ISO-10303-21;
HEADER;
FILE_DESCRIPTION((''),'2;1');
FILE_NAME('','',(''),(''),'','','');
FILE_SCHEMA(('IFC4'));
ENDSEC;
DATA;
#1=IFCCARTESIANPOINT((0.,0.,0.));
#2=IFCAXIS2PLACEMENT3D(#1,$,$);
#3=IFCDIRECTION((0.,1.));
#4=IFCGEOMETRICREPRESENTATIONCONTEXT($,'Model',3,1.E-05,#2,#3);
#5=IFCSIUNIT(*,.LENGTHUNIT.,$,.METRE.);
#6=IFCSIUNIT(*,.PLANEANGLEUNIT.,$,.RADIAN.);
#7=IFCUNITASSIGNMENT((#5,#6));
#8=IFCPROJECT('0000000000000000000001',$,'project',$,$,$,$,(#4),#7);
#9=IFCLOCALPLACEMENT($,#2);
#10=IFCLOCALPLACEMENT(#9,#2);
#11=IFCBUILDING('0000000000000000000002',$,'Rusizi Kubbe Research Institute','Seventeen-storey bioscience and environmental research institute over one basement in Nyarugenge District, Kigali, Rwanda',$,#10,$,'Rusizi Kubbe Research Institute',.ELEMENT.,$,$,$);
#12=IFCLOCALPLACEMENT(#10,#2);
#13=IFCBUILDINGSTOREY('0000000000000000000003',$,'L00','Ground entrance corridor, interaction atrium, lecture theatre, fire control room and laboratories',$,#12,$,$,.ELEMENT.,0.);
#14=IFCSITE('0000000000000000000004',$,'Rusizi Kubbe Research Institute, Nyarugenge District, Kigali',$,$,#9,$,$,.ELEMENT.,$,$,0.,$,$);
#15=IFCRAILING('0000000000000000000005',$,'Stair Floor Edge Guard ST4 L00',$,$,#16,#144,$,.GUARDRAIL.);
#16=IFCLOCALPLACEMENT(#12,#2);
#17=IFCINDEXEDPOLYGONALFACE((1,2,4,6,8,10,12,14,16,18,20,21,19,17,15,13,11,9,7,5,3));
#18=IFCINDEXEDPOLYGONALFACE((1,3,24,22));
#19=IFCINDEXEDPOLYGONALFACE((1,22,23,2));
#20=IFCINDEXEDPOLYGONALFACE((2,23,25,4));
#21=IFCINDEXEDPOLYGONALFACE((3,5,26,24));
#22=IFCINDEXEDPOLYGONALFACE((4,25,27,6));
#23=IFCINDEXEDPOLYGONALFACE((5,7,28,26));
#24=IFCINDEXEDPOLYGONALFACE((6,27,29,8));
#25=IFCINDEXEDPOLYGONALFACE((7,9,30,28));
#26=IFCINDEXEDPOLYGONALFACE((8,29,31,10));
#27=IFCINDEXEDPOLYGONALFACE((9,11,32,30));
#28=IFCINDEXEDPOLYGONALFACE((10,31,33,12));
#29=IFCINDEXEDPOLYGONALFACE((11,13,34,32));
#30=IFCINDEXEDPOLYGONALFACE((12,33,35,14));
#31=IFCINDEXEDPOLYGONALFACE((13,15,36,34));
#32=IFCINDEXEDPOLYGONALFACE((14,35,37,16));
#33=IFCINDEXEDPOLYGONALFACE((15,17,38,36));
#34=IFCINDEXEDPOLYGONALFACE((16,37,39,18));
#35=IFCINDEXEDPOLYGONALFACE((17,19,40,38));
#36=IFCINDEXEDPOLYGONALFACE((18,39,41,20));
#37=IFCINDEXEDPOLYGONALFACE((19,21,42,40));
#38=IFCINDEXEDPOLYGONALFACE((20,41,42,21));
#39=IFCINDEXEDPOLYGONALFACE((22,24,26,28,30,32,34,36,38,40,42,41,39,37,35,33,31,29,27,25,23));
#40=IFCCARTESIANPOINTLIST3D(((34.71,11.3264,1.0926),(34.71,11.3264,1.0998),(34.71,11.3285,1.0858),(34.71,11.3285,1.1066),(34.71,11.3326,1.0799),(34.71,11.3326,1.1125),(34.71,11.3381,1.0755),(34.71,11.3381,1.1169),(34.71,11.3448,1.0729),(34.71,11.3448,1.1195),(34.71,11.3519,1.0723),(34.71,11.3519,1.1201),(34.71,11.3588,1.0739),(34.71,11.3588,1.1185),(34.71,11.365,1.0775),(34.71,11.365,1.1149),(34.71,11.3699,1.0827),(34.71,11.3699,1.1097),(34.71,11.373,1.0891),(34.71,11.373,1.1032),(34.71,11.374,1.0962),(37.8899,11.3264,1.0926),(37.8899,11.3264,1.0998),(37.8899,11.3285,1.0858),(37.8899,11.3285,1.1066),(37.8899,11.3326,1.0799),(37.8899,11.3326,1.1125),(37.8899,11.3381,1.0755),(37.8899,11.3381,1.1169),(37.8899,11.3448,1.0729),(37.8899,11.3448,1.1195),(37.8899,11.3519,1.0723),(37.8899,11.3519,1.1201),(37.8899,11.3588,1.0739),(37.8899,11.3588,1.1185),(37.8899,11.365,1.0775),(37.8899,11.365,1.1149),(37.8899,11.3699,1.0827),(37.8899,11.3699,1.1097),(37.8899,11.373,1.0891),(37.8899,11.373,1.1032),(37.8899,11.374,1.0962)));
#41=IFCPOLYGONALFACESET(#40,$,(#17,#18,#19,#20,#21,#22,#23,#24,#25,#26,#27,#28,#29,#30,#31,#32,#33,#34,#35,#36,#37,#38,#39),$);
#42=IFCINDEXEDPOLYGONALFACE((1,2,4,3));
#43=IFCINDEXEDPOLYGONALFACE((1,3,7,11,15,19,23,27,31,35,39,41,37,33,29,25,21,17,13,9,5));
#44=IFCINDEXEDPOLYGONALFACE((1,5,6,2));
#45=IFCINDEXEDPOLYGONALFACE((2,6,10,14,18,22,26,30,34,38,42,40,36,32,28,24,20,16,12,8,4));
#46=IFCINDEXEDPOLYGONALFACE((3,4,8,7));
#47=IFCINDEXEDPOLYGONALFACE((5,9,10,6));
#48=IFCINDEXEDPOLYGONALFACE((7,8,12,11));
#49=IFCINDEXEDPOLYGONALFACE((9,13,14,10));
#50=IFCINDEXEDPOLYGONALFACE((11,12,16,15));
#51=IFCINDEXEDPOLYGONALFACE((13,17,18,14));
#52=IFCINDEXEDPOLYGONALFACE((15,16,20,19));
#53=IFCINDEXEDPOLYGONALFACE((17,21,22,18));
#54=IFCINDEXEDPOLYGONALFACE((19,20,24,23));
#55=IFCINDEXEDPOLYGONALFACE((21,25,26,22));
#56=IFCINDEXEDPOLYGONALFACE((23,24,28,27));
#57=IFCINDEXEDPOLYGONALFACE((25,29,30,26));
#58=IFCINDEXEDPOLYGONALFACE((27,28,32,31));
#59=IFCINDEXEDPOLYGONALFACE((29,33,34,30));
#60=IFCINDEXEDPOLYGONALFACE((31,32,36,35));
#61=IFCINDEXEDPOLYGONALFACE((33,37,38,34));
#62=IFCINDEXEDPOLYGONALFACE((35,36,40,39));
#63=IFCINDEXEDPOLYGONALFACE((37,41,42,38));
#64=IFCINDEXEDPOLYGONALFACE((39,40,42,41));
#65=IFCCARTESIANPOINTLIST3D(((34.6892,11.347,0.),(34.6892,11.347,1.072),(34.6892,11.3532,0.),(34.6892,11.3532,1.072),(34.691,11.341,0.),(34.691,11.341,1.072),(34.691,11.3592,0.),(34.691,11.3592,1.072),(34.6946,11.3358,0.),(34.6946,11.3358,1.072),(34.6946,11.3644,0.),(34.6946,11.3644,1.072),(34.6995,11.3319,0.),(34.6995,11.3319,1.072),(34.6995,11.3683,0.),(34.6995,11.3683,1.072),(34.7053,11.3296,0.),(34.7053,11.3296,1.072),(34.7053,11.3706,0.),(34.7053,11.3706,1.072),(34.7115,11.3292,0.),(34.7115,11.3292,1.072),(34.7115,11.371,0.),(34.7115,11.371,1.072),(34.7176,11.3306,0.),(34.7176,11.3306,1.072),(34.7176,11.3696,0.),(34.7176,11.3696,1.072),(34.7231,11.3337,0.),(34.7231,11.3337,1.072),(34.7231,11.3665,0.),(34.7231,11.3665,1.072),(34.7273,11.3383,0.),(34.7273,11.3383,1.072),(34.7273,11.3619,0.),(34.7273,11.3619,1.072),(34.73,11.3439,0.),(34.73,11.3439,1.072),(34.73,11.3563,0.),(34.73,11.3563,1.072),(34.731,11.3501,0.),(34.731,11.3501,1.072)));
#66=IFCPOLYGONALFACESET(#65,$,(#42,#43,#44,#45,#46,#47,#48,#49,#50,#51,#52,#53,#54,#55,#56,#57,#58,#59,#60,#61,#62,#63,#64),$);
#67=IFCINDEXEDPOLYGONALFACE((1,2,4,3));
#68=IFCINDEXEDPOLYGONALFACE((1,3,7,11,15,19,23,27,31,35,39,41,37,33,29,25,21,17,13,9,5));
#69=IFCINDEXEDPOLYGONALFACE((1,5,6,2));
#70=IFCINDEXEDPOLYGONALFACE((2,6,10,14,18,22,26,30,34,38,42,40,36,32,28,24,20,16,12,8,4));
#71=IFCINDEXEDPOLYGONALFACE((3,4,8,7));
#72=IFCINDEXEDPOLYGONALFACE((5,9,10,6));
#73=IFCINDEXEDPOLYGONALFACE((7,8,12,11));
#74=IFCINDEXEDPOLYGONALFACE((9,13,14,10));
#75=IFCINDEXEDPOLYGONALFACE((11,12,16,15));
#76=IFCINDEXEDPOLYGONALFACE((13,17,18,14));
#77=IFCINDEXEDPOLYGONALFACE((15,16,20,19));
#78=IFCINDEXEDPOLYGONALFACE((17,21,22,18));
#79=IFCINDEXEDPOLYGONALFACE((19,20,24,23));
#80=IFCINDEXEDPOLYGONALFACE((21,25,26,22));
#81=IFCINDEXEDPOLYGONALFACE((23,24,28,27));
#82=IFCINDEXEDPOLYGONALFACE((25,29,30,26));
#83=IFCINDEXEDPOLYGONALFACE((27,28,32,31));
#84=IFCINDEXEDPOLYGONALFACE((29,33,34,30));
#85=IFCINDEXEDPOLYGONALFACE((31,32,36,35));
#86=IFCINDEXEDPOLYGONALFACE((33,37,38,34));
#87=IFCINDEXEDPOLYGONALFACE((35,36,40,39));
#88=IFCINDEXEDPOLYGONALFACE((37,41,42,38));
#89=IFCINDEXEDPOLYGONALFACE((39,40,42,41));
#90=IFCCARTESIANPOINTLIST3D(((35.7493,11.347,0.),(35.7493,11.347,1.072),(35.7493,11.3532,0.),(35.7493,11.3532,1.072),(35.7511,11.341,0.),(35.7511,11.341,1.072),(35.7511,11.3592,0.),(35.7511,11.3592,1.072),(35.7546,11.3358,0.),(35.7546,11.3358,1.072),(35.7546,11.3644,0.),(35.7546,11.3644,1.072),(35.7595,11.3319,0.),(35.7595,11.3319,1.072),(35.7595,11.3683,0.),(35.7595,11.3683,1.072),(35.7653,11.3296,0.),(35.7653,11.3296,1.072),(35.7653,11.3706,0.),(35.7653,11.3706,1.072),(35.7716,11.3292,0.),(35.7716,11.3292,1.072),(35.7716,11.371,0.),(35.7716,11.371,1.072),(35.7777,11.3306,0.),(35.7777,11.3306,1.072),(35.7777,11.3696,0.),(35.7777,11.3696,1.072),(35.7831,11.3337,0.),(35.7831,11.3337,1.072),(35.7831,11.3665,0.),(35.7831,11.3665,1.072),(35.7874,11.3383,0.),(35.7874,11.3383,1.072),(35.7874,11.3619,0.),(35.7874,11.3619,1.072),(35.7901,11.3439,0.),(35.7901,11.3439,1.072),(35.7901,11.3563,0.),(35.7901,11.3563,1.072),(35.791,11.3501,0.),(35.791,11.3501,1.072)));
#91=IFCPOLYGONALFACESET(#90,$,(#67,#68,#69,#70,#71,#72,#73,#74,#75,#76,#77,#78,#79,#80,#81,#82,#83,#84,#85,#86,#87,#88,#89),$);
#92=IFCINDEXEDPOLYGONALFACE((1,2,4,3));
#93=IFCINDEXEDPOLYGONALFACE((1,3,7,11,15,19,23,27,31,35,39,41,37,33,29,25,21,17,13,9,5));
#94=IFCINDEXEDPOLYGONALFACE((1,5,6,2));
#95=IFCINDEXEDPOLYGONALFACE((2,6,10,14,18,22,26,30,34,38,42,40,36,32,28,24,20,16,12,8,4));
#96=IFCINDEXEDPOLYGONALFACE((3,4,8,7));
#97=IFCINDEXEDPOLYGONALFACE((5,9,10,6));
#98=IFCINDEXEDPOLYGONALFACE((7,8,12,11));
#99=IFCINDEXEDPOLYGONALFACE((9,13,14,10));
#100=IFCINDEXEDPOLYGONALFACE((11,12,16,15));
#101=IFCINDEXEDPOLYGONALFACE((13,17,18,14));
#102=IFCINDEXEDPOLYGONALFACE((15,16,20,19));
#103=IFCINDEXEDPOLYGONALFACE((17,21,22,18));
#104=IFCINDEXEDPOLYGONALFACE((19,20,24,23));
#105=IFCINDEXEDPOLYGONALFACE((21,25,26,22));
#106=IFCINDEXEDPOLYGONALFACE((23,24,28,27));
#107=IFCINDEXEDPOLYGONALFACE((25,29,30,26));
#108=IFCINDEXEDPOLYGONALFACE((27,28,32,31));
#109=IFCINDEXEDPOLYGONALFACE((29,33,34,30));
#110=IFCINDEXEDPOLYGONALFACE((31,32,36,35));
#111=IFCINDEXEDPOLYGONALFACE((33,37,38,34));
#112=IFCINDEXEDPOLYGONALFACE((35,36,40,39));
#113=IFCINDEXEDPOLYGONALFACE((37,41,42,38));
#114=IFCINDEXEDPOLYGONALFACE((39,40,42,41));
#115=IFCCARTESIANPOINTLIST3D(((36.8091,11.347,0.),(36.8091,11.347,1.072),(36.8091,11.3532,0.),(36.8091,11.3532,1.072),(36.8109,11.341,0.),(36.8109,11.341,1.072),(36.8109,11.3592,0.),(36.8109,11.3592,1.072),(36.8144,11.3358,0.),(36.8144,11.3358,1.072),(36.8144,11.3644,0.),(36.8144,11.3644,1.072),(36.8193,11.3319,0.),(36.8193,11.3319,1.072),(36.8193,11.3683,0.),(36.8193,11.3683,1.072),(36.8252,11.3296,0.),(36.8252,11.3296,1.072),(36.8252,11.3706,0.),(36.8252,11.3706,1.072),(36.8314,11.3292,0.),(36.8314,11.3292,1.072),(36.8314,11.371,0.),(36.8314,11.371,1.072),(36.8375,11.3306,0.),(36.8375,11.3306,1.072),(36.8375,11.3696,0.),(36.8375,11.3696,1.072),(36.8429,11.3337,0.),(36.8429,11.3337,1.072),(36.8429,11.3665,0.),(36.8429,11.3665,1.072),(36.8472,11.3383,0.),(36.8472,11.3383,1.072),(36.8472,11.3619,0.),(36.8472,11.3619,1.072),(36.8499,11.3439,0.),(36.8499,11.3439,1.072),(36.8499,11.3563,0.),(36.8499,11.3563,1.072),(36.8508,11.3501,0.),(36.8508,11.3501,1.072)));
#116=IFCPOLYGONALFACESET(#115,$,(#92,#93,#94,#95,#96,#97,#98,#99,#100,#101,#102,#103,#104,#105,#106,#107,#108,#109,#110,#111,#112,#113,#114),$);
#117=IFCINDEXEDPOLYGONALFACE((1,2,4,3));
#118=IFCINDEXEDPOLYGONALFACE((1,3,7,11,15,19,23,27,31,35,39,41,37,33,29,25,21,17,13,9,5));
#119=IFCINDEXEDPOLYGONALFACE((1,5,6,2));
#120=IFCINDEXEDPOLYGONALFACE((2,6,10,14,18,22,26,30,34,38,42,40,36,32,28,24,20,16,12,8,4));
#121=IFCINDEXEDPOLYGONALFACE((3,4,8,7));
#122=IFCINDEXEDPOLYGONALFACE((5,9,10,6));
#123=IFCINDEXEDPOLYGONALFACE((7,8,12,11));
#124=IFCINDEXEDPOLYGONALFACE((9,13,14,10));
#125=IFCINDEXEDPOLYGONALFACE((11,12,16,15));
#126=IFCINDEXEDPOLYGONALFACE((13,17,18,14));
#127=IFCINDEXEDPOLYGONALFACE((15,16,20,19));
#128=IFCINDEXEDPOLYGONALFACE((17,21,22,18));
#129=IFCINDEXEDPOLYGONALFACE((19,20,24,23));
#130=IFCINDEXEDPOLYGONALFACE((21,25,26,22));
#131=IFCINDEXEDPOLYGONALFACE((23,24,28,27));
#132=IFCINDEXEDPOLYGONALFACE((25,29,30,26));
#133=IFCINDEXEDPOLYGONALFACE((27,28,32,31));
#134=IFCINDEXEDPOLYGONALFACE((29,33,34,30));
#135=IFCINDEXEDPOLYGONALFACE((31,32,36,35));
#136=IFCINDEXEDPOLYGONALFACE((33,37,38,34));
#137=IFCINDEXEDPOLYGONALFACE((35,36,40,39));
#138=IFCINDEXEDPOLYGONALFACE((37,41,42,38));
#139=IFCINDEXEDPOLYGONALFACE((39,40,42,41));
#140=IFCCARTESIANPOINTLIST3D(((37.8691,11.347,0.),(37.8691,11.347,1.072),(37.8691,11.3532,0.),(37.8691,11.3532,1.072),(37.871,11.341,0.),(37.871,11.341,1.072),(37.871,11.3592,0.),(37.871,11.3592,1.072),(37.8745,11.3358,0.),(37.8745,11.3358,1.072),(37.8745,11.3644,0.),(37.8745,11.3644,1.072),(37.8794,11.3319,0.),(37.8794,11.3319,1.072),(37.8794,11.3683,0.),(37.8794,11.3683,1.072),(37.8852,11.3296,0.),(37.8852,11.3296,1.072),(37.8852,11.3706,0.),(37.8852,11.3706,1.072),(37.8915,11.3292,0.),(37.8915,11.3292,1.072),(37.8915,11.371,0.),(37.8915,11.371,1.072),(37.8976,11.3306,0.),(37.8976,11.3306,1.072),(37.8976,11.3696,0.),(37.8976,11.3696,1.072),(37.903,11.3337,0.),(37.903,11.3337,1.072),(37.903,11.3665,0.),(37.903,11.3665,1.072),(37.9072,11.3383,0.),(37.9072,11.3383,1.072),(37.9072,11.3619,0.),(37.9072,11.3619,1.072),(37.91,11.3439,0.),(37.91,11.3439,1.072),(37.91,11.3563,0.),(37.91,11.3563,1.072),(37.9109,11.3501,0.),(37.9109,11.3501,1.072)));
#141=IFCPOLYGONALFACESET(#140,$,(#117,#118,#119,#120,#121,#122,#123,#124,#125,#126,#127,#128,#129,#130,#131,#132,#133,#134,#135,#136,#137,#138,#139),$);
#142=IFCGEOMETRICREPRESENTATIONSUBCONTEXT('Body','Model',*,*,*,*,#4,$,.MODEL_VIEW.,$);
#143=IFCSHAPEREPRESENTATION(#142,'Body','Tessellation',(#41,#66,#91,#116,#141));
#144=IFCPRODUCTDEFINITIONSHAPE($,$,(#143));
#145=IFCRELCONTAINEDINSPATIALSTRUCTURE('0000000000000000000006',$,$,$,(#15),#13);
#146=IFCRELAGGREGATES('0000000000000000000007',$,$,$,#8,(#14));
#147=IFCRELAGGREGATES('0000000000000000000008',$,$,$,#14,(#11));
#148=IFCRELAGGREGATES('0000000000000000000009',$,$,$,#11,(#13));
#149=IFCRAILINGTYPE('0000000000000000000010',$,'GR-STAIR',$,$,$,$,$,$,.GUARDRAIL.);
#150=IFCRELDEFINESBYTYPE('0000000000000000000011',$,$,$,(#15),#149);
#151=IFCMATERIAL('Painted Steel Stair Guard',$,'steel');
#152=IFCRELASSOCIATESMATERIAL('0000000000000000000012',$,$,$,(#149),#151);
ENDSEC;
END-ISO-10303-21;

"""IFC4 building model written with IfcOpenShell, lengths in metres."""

from ifc_helpers import new_model, si_unit, direction, frame, origin, origin_2d, place, context, subcontext, project, spatial, circle, extrude, material, type_object, element, save


model = new_model("IFC4")

# Units and contexts
model_context = context("Model", 3, precision=1e-05, world=origin(), true_north=direction((0.0, 1.0)))
body_context = subcontext(model_context, "Body", "Model", "MODEL_VIEW")
ifc_project = project(units=[si_unit("LENGTHUNIT", "METRE"), si_unit("PLANEANGLEUNIT", "RADIAN")], contexts=[model_context])

# Site, building, storey
site_placement = place(None, origin())
site = spatial("IfcSite", under=ifc_project, at=site_placement, Name="Rusizi Kubbe Research Institute, Nyarugenge District, Kigali", CompositionType="ELEMENT", RefElevation=0.0)
building_placement = place(site_placement, origin())
building = spatial("IfcBuilding", under=site, at=building_placement, Name="Rusizi Kubbe Research Institute", Description="Seventeen-storey bioscience and environmental research institute over one basement in Nyarugenge District, Kigali, Rwanda", LongName="Rusizi Kubbe Research Institute", CompositionType="ELEMENT")
storey_placement = place(building_placement, origin())
storey = spatial("IfcBuildingStorey", under=building, at=storey_placement, Name="L00", Description="Ground entrance corridor, interaction atrium, lecture theatre, fire control room and laboratories", CompositionType="ELEMENT", Elevation=0.0)

# Railing
ifc_material_1 = material(Name="Painted Steel Stair Guard", Category="steel")
railing_type_1 = type_object("IfcRailingType", Name="GR-STAIR", PredefinedType="GUARDRAIL", material=ifc_material_1)
railing_1_placement = place(storey_placement, frame((34.71, 11.3501, 0.0)))
element("IfcRailing", 1, at=railing_1_placement, inside=storey, type_object=railing_type_1, Name="Stair Floor Edge Guard ST4 L00", PredefinedType="GUARDRAIL", context=body_context, shape_type="SweptSolid", body=[
    extrude(circle(Radius=0.0239, at=origin_2d()), frame((0.0, 0.0, 1.0962), z_axis=(1.0, 0.0, 0.0), x_axis=(0.0, 1.0, 0.0)), (0.0, 0.0, 1.0), 3.1799),
    extrude(circle(Radius=0.021, at=origin_2d()), origin(), (0.0, 0.0, 1.0), 1.072),
    extrude(circle(Radius=0.021, at=origin_2d()), frame((1.0601, 0.0, 0.0)), (0.0, 0.0, 1.0), 1.072),
    extrude(circle(Radius=0.021, at=origin_2d()), frame((2.1199, 0.0, 0.0)), (0.0, 0.0, 1.0), 1.072),
    extrude(circle(Radius=0.021, at=origin_2d()), frame((3.1799, 0.0, 0.0)), (0.0, 0.0, 1.0), 1.072),
])

save(model, "model.ifc")
